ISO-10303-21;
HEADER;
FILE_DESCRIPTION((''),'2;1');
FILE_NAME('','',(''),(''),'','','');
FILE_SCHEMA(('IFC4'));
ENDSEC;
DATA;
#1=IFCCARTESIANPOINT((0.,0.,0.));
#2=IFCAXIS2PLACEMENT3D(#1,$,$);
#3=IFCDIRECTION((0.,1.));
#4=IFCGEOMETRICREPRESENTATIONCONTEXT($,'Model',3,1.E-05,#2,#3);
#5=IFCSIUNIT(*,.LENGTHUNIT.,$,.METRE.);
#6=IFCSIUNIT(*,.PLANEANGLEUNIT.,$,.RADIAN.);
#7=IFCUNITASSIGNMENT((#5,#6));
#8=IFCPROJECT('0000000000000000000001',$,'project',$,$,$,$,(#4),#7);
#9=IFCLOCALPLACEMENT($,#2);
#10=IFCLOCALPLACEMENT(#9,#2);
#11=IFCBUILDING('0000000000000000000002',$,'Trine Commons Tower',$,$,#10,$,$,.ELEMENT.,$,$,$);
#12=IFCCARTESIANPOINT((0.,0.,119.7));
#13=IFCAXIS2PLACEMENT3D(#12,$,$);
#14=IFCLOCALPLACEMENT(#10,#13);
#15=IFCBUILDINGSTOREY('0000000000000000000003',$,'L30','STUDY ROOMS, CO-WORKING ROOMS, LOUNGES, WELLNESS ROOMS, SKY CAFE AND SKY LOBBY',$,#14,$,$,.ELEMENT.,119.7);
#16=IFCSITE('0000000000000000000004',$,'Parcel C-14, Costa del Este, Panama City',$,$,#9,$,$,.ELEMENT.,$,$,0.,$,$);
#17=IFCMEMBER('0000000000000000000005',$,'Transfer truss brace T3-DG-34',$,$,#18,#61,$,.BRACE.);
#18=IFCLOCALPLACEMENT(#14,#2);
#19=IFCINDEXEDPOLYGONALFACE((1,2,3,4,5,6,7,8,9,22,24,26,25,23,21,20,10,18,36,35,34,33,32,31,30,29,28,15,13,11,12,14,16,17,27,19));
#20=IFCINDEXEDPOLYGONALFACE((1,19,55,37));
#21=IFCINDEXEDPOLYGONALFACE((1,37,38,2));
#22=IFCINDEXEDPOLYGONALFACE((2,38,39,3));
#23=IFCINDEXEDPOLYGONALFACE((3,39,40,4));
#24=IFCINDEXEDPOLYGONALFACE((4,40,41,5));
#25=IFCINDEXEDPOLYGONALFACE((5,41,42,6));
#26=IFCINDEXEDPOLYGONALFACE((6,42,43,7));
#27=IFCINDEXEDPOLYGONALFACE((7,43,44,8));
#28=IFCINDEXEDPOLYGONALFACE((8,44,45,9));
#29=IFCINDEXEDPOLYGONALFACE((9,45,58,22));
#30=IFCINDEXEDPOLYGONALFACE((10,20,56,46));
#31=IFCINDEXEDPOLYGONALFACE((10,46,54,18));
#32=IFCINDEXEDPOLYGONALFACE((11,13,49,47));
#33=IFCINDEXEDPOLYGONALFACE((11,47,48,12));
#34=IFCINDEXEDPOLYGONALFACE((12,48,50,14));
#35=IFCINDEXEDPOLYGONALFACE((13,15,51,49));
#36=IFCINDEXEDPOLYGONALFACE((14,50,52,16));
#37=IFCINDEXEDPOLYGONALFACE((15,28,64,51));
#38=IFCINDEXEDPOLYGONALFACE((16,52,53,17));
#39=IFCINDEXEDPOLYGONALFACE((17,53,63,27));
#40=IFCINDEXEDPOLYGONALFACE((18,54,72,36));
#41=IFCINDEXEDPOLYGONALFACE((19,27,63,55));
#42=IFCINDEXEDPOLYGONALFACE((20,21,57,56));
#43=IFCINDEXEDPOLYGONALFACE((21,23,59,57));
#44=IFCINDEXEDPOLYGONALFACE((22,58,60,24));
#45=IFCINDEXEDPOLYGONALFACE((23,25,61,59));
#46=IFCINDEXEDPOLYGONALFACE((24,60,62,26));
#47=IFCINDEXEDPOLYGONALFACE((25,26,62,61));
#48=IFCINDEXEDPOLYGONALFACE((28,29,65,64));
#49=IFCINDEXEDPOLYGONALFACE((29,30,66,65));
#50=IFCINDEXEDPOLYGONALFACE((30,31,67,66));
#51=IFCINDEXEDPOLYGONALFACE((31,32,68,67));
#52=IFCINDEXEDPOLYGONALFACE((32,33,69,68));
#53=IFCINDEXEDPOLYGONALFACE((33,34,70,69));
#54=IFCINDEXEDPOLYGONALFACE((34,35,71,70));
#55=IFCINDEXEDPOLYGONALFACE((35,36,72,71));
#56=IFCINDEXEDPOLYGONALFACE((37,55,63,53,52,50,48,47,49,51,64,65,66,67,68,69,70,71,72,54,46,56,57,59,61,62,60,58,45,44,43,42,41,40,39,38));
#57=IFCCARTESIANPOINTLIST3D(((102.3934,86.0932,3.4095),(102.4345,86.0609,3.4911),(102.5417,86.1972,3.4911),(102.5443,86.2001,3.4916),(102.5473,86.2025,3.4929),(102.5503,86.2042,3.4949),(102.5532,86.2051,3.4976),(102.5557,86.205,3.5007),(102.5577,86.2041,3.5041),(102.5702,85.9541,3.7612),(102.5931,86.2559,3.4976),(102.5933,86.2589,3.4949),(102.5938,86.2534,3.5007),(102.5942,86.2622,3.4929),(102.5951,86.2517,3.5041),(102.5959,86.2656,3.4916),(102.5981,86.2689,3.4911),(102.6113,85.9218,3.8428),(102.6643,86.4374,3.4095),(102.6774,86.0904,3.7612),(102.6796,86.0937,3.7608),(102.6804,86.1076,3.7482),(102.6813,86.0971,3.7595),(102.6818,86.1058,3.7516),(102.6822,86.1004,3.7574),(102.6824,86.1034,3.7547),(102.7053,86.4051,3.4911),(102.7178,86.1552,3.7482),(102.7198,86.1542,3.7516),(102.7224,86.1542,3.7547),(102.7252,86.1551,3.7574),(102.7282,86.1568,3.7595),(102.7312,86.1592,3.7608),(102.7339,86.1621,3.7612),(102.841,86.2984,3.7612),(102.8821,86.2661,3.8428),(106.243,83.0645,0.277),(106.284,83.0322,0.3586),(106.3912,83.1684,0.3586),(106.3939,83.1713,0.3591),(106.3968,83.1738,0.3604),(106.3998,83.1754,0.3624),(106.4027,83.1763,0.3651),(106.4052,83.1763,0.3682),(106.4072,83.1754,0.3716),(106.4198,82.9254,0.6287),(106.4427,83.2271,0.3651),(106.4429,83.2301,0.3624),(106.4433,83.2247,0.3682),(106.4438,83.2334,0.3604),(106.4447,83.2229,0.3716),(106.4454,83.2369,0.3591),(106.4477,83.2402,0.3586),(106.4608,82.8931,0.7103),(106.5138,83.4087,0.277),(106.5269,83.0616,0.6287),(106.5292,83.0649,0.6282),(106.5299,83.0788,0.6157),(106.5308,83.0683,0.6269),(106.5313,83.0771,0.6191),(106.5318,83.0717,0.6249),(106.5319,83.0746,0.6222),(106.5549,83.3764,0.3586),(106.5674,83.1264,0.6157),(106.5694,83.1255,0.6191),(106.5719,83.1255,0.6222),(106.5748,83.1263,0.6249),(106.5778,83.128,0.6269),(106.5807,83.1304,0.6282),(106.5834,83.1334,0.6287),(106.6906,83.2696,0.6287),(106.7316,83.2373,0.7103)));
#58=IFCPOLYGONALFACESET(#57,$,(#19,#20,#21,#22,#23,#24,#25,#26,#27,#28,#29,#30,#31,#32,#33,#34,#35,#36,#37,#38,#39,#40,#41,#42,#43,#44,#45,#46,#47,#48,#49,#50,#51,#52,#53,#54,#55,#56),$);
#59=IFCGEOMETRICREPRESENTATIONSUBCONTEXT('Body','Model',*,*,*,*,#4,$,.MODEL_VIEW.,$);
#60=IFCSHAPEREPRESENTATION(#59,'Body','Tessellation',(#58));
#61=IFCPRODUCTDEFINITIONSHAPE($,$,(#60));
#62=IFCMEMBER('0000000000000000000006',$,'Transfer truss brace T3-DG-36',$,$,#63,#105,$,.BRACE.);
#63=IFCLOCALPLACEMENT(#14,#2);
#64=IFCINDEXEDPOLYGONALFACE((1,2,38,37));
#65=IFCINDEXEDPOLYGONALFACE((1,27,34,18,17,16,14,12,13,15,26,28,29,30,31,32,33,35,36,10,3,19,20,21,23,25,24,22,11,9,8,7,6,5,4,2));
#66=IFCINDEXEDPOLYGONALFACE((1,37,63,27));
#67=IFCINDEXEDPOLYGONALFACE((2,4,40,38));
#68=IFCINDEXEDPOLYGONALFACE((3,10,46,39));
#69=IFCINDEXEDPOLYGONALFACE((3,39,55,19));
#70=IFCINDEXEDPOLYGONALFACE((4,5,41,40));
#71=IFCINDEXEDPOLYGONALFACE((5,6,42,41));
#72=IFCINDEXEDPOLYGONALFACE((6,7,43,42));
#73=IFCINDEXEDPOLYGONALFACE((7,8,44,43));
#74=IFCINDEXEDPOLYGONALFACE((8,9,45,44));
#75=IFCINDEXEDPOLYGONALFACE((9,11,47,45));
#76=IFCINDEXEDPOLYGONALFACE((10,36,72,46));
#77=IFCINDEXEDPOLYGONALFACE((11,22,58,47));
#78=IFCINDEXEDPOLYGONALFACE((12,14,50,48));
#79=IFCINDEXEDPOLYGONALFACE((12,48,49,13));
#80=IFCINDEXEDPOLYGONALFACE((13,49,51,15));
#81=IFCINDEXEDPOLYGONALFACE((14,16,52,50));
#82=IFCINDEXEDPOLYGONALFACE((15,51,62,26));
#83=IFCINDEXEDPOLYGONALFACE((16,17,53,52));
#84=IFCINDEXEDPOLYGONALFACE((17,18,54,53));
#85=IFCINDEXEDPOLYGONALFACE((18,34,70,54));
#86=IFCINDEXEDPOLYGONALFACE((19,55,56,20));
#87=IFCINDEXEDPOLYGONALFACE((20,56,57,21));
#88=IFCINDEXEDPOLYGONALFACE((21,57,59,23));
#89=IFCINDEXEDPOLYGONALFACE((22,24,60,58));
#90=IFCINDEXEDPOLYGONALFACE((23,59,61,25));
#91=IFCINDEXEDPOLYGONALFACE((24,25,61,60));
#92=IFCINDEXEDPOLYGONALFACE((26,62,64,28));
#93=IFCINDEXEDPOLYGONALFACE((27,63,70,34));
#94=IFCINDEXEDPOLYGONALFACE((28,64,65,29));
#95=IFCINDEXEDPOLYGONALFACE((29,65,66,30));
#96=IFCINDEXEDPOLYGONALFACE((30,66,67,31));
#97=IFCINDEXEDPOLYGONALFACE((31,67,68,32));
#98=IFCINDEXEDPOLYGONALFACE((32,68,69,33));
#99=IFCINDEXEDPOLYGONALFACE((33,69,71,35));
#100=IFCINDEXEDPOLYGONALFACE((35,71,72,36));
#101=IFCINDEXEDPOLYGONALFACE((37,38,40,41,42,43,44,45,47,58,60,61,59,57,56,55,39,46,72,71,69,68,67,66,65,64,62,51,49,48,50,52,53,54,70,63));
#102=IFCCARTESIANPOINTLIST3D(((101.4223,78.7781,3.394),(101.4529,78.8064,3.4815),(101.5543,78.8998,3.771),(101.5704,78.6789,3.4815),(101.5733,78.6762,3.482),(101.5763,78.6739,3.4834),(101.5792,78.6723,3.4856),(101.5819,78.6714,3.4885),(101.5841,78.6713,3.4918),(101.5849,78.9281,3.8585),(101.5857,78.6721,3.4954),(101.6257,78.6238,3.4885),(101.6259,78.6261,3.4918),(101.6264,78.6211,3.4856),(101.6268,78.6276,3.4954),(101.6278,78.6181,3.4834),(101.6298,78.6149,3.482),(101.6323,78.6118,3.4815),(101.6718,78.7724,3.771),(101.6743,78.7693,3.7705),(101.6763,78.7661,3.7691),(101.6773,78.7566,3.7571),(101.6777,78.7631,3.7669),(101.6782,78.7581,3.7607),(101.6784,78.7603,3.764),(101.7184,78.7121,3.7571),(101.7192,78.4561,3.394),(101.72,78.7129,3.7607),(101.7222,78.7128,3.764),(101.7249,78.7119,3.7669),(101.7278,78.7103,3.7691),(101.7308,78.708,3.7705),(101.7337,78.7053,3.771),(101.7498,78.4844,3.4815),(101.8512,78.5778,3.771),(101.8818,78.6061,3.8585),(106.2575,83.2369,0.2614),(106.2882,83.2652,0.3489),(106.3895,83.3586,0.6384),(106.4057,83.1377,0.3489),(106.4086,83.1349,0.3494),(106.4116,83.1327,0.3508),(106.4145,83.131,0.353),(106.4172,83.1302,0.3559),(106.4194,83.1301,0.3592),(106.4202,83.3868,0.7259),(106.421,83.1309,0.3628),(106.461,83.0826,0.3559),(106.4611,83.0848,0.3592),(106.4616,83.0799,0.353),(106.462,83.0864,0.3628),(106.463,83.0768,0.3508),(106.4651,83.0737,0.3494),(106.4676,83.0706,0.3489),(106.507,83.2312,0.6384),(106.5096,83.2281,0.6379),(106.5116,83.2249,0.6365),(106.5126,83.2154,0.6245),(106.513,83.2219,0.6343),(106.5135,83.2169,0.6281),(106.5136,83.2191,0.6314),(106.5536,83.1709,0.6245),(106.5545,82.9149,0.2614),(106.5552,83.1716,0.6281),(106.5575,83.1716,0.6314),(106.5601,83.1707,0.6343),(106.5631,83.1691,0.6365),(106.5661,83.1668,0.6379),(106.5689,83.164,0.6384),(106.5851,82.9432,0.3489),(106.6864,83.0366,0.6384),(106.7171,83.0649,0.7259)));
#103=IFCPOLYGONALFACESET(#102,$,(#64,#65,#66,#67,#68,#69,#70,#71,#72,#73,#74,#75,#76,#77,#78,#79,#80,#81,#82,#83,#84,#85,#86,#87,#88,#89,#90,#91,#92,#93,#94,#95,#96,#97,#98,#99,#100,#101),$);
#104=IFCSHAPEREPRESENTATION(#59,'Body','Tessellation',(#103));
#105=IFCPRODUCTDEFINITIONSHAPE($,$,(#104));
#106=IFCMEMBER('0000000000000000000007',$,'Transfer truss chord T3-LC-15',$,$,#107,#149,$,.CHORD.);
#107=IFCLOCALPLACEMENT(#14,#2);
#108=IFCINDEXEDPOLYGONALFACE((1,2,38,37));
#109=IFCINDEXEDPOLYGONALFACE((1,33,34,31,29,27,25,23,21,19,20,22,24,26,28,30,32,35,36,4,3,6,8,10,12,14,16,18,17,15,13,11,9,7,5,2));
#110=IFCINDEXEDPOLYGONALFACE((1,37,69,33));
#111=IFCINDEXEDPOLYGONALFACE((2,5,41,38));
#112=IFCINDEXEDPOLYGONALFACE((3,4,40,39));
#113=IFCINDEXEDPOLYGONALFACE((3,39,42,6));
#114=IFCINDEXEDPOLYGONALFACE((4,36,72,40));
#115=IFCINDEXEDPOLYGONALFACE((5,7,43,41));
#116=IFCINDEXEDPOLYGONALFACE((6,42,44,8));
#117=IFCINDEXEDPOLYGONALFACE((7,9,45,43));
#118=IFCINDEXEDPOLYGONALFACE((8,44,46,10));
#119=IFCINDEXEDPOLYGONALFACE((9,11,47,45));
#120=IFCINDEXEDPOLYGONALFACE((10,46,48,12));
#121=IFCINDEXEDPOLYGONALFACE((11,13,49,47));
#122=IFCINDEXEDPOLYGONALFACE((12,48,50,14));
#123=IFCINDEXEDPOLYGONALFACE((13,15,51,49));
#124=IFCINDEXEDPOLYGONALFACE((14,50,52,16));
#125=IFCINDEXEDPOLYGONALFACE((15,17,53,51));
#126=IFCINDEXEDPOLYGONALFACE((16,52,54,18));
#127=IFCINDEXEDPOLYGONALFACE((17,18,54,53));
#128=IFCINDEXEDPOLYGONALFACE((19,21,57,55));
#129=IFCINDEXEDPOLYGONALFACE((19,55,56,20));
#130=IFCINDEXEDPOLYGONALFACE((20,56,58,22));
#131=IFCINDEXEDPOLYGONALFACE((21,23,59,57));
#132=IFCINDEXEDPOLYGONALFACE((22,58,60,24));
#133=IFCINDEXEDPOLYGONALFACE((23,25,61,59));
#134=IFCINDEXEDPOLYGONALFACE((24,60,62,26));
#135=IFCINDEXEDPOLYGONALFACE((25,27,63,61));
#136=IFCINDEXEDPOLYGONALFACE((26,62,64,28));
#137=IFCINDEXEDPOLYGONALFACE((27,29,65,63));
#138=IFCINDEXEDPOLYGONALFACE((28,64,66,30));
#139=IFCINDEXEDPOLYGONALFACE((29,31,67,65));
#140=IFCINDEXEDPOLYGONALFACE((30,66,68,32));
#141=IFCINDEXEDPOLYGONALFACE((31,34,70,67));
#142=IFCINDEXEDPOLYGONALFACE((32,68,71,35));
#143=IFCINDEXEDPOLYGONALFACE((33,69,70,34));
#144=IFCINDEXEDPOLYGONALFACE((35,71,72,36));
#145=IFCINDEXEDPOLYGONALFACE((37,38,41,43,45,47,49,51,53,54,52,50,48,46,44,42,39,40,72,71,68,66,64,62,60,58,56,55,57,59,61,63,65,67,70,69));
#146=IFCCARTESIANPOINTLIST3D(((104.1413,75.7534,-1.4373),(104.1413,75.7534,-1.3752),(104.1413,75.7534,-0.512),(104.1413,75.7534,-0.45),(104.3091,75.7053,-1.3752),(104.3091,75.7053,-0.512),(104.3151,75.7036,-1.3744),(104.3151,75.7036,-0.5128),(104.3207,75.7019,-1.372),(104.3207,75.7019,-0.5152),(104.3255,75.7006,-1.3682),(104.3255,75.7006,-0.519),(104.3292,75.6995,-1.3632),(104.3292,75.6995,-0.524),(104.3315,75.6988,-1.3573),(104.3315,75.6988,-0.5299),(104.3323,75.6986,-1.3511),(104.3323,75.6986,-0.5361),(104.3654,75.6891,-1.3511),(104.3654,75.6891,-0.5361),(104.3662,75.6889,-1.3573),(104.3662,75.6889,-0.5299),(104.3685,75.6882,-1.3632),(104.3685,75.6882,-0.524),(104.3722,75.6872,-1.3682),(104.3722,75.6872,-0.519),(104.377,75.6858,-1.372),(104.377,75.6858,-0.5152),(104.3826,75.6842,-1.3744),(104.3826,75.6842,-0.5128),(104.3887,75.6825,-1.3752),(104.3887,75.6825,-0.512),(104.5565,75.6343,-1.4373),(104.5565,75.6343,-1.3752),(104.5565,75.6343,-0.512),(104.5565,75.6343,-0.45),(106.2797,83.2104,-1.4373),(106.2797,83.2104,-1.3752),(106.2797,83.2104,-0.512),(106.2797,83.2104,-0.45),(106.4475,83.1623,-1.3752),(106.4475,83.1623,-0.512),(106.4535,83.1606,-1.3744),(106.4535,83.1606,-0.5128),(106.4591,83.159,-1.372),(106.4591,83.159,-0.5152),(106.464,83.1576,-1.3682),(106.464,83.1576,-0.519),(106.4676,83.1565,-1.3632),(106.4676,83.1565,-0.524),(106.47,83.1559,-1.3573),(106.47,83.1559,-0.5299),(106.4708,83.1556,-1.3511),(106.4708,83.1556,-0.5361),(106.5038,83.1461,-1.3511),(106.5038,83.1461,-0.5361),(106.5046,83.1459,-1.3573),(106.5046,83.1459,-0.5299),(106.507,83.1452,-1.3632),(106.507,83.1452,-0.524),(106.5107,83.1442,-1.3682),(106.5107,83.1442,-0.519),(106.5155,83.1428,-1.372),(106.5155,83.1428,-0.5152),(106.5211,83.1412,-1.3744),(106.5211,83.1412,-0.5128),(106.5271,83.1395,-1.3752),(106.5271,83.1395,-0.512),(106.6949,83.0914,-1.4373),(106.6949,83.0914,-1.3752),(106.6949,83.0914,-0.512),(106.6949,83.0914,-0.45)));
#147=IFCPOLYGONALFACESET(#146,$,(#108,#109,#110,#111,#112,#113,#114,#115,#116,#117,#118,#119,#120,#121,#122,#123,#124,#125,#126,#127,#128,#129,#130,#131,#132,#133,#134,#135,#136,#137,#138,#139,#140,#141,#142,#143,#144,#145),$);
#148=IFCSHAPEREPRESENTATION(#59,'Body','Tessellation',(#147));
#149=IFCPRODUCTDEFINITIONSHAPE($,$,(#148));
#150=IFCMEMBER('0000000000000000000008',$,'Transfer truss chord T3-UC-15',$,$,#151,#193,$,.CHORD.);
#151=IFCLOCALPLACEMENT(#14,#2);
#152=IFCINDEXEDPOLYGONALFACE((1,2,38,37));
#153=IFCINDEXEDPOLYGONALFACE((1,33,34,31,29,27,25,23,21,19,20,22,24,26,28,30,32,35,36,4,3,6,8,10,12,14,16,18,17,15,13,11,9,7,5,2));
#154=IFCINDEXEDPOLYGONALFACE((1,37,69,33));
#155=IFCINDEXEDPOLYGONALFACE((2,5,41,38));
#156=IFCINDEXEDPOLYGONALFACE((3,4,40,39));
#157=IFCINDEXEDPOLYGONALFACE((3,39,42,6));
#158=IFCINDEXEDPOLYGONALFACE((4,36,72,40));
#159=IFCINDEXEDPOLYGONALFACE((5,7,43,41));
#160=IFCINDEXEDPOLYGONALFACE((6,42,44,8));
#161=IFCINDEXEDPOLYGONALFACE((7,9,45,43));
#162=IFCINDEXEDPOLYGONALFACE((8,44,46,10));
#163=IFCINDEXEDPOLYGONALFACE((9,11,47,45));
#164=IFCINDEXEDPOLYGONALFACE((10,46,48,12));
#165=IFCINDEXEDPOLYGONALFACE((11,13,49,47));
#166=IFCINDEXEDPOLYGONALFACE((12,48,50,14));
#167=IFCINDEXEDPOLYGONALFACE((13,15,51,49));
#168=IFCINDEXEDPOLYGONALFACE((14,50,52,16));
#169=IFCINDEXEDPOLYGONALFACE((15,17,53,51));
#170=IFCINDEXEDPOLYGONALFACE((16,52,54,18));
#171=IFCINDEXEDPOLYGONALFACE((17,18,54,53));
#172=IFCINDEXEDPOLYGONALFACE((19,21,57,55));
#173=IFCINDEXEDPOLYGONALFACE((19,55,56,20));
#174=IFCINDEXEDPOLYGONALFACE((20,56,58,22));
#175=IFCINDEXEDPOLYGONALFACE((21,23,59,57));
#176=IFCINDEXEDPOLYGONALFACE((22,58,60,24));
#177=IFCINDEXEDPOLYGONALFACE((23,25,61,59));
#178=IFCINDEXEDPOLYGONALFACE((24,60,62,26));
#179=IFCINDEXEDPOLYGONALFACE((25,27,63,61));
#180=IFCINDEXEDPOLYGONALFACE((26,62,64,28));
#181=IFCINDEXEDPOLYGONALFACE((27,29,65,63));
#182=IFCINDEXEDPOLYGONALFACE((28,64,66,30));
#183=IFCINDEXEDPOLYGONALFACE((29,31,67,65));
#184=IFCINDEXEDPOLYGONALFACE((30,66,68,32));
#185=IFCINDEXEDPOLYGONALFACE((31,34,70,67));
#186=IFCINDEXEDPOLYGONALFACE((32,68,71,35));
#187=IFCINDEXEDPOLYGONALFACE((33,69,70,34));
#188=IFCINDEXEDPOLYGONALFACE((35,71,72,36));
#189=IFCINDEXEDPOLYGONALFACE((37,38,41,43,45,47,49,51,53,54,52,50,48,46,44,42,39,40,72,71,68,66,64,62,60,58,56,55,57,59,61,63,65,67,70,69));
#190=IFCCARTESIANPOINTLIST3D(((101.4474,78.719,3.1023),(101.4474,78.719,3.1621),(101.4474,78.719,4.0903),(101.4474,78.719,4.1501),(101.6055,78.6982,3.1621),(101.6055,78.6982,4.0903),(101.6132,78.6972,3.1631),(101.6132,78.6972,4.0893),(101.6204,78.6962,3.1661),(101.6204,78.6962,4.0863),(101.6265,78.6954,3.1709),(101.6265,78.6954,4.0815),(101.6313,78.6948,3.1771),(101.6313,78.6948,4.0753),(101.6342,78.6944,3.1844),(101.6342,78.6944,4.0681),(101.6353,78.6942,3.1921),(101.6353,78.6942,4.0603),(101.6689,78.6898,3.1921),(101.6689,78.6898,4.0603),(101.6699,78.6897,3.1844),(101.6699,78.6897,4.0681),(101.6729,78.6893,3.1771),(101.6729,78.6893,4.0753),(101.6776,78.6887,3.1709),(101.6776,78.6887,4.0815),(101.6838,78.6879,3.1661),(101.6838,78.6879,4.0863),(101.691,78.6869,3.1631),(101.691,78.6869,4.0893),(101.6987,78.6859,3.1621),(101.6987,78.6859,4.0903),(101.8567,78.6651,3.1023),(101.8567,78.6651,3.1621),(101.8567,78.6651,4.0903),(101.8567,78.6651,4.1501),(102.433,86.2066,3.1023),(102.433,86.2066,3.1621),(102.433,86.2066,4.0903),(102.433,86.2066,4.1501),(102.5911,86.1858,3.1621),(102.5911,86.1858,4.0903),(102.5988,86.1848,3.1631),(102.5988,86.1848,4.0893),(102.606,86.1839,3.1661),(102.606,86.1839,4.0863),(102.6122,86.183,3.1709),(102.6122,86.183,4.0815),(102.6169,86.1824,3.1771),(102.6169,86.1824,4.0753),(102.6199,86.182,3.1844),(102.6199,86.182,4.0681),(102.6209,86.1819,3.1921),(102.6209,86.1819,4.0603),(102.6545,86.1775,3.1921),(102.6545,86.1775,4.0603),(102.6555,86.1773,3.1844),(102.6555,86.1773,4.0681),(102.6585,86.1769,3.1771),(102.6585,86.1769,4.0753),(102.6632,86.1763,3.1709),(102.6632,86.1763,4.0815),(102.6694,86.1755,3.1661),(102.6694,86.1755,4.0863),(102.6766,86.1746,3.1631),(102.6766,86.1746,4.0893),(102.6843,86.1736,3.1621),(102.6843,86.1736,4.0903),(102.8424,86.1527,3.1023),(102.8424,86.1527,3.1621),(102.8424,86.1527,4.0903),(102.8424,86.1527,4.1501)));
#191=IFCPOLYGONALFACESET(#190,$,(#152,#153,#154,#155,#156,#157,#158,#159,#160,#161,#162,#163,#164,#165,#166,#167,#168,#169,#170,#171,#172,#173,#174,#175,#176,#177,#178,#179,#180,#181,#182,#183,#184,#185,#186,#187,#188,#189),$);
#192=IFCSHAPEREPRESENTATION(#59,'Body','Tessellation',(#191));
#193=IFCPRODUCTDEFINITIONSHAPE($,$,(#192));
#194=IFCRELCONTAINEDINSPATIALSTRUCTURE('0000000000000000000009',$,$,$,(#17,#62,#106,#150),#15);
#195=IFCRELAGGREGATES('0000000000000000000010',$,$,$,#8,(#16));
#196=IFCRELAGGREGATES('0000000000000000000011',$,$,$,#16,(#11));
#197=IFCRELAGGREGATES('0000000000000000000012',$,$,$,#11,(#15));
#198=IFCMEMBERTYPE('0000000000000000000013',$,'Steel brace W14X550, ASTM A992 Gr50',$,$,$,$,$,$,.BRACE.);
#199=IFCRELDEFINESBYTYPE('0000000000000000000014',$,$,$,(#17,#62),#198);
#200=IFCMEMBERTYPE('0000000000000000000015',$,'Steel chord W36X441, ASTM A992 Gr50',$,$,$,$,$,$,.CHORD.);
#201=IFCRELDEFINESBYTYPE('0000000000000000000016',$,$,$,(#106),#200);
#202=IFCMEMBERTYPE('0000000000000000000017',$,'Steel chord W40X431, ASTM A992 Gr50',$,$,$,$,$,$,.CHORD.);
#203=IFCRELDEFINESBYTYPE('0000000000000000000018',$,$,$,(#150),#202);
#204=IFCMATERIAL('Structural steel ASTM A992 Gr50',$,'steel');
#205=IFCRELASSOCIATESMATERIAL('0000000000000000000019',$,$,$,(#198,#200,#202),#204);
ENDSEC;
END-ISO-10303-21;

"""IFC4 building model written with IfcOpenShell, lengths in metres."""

from ifc_helpers import new_model, si_unit, direction, frame, origin, origin_2d, place, context, subcontext, project, spatial, i_section, extrude, material, material_profile, profile_set, type_object, element, save


model = new_model("IFC4")

# Units and contexts
model_context = context("Model", 3, precision=1e-05, world=origin(), true_north=direction((0.0, 1.0)))
body_context = subcontext(model_context, "Body", "Model", "MODEL_VIEW")
ifc_project = project(units=[si_unit("LENGTHUNIT", "METRE"), si_unit("PLANEANGLEUNIT", "RADIAN")], contexts=[model_context])

# Site, building, storey
site_placement = place(None, origin())
site = spatial("IfcSite", under=ifc_project, at=site_placement, Name="Parcel C-14, Costa del Este, Panama City", CompositionType="ELEMENT", RefElevation=0.0)
building_placement = place(site_placement, origin())
building = spatial("IfcBuilding", under=site, at=building_placement, Name="Trine Commons Tower", CompositionType="ELEMENT")
storey_placement = place(building_placement, frame((0.0, 0.0, 119.7)))
storey = spatial("IfcBuildingStorey", under=building, at=storey_placement, Name="L30", Description="STUDY ROOMS, CO-WORKING ROOMS, LOUNGES, WELLNESS ROOMS, SKY CAFE AND SKY LOBBY", CompositionType="ELEMENT", Elevation=119.7)

# Shared definitions
ifc_material_1 = material(Name="Structural steel ASTM A992 Gr50", Category="steel")

# Members
ifc_material_profile_1 = material_profile(ifc_material_1, i_section(OverallWidth=0.438, OverallDepth=0.5144, WebThickness=0.0605, FlangeThickness=0.0969, FilletRadius=0.0154, at=origin_2d()), Name="W14X550")
ifc_profile_set_1 = profile_set([ifc_material_profile_1], Name="Structural steel ASTM A992 Gr50")
member_type_1 = type_object("IfcMemberType", Name="Steel brace W14X550, ASTM A992 Gr50", PredefinedType="BRACE", material=ifc_profile_set_1)
member_1_placement = place(storey_placement, frame((106.4873, 83.1509, 0.4937), z_axis=(-0.662093, 0.520923, 0.538769), x_axis=(-0.618341, -0.78591, 0.0)))
element("IfcMember", 1, at=member_1_placement, inside=storey, type_object=member_type_1, Name="Transfer truss brace T3-DG-34", PredefinedType="BRACE", context=body_context, shape_type="SweptSolid", body=[
    extrude(i_section(OverallWidth=0.438, OverallDepth=0.5144, WebThickness=0.0605, FlangeThickness=0.0969, FilletRadius=0.0154, at=origin_2d()), origin(), (0.0, 0.0, 1.0), 5.8142),
])
member_2_placement = place(storey_placement, frame((106.4873, 83.1509, 0.4937), z_axis=(-0.663712, -0.612036, 0.429997), x_axis=(0.677908, -0.735146, 0.0)))
element("IfcMember", 2, at=member_2_placement, inside=storey, type_object=member_type_1, Name="Transfer truss brace T3-DG-36", PredefinedType="BRACE", context=body_context, shape_type="SweptSolid", body=[
    extrude(i_section(OverallWidth=0.438, OverallDepth=0.5144, WebThickness=0.0605, FlangeThickness=0.0969, FilletRadius=0.0154, at=origin_2d()), origin(), (0.0, 0.0, 1.0), 7.2852),
])
ifc_material_profile_2 = material_profile(ifc_material_1, i_section(OverallWidth=0.4319, OverallDepth=0.9873, WebThickness=0.0344, FlangeThickness=0.062, FilletRadius=0.0242, at=origin_2d()), Name="W36X441")
ifc_profile_set_2 = profile_set([ifc_material_profile_2], Name="Structural steel ASTM A992 Gr50")
member_type_2 = type_object("IfcMemberType", Name="Steel chord W36X441, ASTM A992 Gr50", PredefinedType="CHORD", material=ifc_profile_set_2)
member_3_placement = place(storey_placement, frame((106.4873, 83.1509, -0.9436), z_axis=(-0.275656, -0.961256, 0.0), x_axis=(0.961256, -0.275656, 0.0)))
element("IfcMember", 3, at=member_3_placement, inside=storey, type_object=member_type_2, Name="Transfer truss chord T3-LC-15", PredefinedType="CHORD", context=body_context, shape_type="SweptSolid", body=[
    extrude(i_section(OverallWidth=0.4319, OverallDepth=0.9873, WebThickness=0.0344, FlangeThickness=0.062, FilletRadius=0.0242, at=origin_2d()), origin(), (0.0, 0.0, 1.0), 7.7576),
])
ifc_material_profile_3 = material_profile(ifc_material_1, i_section(OverallWidth=0.4128, OverallDepth=1.0479, WebThickness=0.0339, FlangeThickness=0.0598, FilletRadius=0.03, at=origin_2d()), Name="W40X431")
ifc_profile_set_3 = profile_set([ifc_material_profile_3], Name="Structural steel ASTM A992 Gr50")
member_type_3 = type_object("IfcMemberType", Name="Steel chord W40X431, ASTM A992 Gr50", PredefinedType="CHORD", material=ifc_profile_set_3)
member_4_placement = place(storey_placement, frame((102.6377, 86.1797, 3.6262), z_axis=(-0.130506, -0.991448, 0.0), x_axis=(0.991448, -0.130506, 0.0)))
element("IfcMember", 4, at=member_4_placement, inside=storey, type_object=member_type_3, Name="Transfer truss chord T3-UC-15", PredefinedType="CHORD", context=body_context, shape_type="SweptSolid", body=[
    extrude(i_section(OverallWidth=0.4128, OverallDepth=1.0479, WebThickness=0.0339, FlangeThickness=0.0598, FilletRadius=0.03, at=origin_2d()), origin(), (0.0, 0.0, 1.0), 7.5522),
])

save(model, "model.ifc")
